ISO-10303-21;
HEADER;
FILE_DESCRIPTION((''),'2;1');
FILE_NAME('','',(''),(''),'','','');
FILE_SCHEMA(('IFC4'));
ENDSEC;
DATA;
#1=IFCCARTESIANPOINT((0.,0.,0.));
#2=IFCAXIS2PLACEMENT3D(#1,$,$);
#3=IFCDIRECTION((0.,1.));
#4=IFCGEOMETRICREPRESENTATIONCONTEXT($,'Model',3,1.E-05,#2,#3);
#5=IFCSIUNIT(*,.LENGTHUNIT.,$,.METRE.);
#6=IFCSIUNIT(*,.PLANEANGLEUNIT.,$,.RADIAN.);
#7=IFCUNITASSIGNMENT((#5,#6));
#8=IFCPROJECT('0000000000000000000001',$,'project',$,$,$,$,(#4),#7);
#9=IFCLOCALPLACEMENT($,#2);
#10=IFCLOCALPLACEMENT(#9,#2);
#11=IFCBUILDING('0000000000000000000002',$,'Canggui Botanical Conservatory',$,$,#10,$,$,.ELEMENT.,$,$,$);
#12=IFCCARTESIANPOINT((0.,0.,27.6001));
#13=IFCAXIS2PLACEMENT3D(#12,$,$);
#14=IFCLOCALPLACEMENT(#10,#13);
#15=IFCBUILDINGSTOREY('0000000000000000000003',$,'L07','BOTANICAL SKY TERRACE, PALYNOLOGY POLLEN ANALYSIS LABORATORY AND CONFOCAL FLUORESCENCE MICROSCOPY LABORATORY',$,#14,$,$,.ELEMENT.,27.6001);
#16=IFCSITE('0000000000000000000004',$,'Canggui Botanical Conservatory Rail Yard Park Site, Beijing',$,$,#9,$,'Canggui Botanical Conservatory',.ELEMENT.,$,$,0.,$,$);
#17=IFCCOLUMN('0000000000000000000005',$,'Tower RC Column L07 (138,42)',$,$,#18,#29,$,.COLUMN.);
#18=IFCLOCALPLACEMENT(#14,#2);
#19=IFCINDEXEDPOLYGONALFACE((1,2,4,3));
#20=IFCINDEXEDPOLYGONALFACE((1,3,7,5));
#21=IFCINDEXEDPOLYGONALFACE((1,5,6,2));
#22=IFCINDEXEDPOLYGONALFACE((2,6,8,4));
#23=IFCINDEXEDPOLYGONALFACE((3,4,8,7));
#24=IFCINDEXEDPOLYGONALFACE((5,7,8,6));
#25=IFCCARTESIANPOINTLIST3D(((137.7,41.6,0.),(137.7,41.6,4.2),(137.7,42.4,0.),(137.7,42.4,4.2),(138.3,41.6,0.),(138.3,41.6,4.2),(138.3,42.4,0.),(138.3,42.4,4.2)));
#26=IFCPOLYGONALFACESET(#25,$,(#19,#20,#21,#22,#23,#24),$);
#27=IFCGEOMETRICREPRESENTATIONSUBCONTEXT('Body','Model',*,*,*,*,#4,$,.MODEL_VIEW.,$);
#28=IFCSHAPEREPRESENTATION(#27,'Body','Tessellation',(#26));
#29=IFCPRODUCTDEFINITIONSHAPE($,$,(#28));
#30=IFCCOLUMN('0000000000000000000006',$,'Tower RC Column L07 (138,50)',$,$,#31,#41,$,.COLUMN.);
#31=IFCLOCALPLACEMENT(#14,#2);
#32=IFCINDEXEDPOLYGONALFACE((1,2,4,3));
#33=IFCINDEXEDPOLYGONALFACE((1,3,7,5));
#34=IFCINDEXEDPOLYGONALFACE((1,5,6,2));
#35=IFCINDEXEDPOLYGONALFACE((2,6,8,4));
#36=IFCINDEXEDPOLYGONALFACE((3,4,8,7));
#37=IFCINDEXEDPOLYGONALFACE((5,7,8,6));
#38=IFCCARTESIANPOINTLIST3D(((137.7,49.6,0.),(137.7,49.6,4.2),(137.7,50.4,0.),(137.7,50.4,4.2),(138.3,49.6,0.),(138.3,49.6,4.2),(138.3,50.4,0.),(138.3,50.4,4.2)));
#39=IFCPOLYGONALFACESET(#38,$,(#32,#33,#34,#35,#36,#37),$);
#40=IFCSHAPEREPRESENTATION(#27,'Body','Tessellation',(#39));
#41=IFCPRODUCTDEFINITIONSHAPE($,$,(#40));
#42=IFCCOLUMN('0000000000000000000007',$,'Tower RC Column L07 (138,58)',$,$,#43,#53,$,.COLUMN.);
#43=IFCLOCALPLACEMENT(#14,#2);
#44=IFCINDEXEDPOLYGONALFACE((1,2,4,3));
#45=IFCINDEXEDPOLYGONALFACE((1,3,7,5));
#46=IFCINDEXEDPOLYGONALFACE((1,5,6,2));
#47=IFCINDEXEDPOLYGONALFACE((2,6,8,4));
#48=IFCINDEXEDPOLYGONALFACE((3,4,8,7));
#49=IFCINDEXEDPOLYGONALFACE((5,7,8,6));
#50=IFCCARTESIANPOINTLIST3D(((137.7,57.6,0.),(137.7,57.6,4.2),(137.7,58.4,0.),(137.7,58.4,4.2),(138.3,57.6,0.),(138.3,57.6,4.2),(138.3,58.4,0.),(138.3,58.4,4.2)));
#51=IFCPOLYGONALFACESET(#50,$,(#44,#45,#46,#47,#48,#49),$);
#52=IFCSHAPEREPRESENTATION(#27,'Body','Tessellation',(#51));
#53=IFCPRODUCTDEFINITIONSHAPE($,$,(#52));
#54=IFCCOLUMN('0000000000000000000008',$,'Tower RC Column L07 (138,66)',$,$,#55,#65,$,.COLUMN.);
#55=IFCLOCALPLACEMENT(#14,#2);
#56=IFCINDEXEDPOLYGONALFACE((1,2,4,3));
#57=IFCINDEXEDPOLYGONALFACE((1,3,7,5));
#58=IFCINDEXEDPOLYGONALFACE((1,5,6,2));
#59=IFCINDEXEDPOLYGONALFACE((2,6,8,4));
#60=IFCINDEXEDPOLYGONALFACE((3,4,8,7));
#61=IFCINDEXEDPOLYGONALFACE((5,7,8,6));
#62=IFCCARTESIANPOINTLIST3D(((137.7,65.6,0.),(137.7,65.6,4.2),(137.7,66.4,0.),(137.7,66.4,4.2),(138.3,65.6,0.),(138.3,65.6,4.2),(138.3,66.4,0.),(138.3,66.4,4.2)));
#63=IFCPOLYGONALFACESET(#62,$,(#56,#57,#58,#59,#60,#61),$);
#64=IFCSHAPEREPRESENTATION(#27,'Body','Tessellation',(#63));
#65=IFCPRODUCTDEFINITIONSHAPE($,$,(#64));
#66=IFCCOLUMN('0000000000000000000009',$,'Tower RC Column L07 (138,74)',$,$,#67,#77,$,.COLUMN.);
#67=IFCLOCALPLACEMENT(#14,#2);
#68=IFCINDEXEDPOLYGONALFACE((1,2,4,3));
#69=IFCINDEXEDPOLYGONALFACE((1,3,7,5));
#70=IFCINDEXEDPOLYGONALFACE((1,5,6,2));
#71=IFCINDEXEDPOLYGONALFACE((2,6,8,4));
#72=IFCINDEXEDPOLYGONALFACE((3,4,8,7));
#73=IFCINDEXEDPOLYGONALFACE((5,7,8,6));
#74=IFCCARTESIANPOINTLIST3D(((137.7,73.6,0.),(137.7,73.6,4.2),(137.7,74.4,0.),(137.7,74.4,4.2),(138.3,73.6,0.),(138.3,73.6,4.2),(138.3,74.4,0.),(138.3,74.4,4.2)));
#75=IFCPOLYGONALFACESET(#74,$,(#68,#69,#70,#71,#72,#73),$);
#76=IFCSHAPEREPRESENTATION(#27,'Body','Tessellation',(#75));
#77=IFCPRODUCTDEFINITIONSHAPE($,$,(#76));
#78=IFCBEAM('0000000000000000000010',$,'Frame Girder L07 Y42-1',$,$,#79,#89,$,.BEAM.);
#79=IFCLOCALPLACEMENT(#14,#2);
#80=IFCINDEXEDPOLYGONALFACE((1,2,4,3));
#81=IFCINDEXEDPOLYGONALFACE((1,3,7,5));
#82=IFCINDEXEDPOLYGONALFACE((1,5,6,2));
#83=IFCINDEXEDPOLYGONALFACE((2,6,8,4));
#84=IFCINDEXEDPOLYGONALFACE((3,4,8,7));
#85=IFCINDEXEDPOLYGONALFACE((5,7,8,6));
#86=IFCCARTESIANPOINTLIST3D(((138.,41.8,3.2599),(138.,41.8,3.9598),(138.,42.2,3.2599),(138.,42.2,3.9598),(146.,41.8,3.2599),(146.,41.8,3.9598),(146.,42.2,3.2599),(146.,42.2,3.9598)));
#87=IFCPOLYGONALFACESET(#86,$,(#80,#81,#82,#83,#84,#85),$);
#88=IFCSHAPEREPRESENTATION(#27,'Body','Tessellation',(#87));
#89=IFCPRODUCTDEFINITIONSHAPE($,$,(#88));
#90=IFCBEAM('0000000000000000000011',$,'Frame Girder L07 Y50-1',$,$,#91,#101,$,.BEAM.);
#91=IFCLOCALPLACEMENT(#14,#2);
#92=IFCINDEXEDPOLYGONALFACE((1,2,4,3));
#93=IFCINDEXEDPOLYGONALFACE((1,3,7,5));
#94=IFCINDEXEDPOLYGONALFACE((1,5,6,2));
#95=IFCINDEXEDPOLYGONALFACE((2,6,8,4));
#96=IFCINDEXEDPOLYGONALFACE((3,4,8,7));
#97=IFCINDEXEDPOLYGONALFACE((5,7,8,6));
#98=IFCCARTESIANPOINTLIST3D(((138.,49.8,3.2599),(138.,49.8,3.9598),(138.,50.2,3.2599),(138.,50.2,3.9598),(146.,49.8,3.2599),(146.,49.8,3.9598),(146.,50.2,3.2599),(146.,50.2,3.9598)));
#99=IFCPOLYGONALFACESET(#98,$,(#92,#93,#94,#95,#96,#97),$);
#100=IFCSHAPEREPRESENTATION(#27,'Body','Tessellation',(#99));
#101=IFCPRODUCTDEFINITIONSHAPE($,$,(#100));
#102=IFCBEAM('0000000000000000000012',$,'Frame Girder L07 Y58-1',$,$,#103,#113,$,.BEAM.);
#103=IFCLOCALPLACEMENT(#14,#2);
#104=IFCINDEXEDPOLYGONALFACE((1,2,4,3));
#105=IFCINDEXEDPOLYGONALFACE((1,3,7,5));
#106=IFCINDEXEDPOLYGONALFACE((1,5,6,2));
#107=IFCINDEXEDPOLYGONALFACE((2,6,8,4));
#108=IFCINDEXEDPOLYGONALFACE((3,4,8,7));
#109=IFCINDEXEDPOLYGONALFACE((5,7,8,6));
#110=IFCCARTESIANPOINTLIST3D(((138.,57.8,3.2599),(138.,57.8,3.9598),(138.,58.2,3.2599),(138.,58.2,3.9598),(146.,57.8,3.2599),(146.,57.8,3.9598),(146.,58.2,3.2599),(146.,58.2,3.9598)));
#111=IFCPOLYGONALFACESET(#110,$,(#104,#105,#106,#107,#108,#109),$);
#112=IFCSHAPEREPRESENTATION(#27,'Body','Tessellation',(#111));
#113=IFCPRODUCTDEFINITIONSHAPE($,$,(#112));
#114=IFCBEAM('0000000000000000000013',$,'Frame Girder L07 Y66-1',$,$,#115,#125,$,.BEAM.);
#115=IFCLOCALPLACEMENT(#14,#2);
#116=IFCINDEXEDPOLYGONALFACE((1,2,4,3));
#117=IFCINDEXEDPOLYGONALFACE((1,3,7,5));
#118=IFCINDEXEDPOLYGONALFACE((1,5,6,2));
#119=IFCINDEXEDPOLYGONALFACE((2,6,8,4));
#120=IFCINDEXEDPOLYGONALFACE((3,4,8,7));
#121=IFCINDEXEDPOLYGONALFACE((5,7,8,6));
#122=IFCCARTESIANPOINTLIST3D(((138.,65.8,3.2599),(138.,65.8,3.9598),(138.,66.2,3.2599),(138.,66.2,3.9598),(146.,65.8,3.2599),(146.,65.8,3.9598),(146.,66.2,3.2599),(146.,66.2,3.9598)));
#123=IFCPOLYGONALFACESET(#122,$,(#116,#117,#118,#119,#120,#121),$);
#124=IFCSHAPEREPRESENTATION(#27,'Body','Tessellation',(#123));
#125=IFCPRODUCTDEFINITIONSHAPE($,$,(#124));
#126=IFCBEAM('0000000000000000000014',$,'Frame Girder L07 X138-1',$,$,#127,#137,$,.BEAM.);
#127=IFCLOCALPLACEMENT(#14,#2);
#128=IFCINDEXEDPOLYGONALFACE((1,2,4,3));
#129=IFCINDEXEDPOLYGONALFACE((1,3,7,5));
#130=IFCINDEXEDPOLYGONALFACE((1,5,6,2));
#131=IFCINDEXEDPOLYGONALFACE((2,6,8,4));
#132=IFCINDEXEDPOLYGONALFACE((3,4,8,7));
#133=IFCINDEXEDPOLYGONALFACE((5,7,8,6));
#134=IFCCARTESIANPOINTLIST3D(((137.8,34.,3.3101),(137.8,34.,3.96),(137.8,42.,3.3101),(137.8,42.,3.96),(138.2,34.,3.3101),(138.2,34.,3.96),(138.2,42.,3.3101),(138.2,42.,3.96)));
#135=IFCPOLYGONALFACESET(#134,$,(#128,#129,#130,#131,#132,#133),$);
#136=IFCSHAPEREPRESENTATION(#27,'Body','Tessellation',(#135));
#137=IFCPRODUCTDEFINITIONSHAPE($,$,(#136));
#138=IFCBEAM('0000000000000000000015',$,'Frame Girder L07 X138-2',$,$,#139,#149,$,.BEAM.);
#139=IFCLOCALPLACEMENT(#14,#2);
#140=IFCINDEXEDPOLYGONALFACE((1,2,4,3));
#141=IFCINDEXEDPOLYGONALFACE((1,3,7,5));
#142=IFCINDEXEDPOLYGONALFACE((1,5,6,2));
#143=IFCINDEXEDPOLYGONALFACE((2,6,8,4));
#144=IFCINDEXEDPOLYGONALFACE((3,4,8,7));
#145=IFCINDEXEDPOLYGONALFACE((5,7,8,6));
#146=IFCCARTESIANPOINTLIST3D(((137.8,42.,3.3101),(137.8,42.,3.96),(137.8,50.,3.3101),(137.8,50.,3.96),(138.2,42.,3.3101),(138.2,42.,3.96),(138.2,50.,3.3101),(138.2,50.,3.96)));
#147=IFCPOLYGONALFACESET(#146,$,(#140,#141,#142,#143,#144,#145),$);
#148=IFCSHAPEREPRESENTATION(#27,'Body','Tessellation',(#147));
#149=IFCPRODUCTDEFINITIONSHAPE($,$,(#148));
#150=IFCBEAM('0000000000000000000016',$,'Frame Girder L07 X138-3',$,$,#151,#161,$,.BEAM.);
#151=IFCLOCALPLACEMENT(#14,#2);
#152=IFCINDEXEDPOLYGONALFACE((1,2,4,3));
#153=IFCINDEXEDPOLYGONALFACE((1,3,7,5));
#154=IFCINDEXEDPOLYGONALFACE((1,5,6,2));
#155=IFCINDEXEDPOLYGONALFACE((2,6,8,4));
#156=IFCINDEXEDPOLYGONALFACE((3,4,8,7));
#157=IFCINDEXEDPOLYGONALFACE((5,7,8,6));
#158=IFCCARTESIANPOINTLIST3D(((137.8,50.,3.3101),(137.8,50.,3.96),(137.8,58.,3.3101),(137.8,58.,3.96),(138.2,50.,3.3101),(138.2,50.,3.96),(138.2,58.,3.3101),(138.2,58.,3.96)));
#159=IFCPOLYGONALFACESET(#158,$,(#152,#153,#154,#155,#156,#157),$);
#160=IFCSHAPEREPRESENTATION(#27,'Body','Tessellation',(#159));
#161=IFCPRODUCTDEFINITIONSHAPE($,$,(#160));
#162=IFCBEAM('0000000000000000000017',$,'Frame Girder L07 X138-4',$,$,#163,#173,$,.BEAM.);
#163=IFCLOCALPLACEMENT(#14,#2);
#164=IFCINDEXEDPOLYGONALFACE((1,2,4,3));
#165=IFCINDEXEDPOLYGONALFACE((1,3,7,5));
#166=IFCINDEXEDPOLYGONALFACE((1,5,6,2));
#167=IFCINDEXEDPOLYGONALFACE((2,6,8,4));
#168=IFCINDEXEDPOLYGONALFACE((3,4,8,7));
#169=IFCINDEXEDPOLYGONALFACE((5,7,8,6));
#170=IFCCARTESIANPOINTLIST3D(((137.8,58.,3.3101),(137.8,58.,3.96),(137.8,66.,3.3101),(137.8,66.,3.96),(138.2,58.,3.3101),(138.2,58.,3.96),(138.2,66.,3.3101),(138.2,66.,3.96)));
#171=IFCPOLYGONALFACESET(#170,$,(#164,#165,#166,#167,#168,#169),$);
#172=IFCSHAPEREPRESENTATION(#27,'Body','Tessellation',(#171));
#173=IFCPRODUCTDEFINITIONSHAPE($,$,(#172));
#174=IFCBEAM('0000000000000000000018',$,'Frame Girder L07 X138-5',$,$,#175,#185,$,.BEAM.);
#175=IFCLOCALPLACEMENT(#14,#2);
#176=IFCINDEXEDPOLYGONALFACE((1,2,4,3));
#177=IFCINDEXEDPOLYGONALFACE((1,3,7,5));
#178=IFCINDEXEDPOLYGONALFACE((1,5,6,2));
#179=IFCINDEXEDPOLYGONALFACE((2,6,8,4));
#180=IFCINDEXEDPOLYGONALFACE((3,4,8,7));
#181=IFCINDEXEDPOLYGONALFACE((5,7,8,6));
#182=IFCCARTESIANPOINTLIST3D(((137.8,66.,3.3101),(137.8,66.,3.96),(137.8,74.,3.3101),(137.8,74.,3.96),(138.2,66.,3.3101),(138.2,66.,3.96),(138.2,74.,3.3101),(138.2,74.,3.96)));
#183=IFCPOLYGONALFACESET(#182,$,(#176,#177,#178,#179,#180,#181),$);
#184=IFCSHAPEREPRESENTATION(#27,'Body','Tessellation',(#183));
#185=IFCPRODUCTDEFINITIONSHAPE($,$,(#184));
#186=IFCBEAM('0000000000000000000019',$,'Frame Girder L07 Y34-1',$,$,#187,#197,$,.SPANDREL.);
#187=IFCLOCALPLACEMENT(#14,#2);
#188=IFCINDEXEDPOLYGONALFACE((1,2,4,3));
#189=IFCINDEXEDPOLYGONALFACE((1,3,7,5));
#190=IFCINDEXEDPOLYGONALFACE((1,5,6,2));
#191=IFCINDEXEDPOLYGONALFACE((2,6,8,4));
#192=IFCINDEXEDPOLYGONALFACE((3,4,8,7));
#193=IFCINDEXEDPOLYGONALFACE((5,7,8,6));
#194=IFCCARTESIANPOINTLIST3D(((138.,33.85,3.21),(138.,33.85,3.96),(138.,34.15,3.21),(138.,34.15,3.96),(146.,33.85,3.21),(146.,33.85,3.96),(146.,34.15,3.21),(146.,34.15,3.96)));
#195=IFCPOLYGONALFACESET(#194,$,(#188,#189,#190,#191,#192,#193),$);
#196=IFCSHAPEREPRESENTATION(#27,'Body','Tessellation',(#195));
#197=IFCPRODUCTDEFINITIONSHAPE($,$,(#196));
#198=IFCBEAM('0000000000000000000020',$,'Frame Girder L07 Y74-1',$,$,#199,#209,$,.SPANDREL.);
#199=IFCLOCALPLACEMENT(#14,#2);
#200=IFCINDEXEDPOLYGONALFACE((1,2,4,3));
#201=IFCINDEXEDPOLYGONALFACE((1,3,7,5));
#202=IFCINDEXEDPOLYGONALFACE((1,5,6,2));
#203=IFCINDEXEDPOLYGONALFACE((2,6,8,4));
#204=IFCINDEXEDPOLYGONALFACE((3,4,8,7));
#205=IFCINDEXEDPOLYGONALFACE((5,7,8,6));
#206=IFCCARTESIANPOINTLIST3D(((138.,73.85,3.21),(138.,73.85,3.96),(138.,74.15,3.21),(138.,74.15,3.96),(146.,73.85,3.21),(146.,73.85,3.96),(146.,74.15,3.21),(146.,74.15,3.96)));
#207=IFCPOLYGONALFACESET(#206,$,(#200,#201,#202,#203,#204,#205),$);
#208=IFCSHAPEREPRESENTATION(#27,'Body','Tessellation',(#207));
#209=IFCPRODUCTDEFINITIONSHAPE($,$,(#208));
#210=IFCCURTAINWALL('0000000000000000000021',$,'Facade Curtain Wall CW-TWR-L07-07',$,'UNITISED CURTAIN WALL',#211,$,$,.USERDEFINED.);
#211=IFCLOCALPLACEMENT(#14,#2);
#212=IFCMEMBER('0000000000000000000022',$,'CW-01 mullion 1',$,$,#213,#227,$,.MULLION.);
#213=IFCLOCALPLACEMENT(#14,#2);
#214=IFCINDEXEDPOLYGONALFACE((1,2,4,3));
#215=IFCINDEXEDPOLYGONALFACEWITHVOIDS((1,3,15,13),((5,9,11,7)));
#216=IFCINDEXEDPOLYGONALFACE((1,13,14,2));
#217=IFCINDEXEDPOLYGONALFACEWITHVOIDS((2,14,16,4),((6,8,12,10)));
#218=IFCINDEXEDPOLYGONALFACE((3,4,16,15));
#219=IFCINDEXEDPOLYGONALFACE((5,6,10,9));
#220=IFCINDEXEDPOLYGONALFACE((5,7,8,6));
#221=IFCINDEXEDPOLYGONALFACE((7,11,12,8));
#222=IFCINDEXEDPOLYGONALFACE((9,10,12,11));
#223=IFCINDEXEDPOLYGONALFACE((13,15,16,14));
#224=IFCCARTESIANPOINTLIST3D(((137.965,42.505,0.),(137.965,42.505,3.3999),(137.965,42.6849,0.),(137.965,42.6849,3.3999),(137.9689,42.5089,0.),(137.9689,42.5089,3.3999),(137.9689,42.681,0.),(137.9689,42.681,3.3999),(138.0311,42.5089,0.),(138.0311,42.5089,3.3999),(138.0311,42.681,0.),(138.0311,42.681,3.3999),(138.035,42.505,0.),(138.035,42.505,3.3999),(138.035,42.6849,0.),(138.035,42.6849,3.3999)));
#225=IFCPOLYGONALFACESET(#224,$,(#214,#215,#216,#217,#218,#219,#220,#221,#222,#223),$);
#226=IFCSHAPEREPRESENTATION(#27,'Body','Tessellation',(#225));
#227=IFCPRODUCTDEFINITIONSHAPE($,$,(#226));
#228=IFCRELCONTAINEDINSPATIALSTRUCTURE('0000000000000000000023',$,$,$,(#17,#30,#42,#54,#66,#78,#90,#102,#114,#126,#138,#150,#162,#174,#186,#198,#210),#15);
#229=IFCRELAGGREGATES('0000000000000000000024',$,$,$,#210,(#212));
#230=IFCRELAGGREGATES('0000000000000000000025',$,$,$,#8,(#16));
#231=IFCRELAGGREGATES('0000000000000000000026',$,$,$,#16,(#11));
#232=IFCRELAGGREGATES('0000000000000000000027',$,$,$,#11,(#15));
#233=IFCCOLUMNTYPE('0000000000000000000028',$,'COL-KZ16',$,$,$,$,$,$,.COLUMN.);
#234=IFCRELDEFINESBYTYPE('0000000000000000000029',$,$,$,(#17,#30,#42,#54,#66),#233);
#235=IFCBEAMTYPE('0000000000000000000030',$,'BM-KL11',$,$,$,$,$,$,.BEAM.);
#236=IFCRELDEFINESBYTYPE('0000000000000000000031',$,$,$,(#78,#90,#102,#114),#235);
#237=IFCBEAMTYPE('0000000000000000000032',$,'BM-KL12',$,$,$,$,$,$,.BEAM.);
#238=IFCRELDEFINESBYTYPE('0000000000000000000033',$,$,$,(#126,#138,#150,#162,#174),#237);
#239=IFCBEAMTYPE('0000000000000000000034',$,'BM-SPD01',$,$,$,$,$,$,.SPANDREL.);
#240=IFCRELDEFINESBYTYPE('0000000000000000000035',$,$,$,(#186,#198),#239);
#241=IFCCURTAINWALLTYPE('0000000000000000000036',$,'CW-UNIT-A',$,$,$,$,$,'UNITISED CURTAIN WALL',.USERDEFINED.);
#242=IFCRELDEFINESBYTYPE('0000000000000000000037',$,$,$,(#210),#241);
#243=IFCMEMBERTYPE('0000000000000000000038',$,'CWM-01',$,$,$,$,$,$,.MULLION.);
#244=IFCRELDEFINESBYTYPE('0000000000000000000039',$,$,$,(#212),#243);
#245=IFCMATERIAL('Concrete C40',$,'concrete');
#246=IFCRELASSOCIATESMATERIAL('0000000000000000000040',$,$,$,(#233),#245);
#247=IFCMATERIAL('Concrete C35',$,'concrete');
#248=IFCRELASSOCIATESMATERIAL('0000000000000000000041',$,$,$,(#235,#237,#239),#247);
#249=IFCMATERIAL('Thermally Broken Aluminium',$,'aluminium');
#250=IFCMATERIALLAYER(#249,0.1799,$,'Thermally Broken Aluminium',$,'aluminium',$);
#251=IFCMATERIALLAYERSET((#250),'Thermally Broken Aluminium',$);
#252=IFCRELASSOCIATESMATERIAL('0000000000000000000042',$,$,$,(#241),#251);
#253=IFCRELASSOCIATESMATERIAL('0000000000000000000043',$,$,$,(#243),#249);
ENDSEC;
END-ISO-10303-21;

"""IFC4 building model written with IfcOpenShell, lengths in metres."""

from ifc_helpers import new_model, si_unit, direction, frame, origin, origin_2d, place, context, subcontext, project, spatial, rectangle, hollow_rectangle, extrude, material, layer, layer_set, material_profile, profile_set, type_object, element, aggregate, save


model = new_model("IFC4")

# Units and contexts
model_context = context("Model", 3, precision=1e-05, world=origin(), true_north=direction((0.0, 1.0)))
body_context = subcontext(model_context, "Body", "Model", "MODEL_VIEW")
ifc_project = project(units=[si_unit("LENGTHUNIT", "METRE"), si_unit("PLANEANGLEUNIT", "RADIAN")], contexts=[model_context])

# Site, building, storey
site_placement = place(None, origin())
site = spatial("IfcSite", under=ifc_project, at=site_placement, Name="Canggui Botanical Conservatory Rail Yard Park Site, Beijing", LongName="Canggui Botanical Conservatory", CompositionType="ELEMENT", RefElevation=0.0)
building_placement = place(site_placement, origin())
building = spatial("IfcBuilding", under=site, at=building_placement, Name="Canggui Botanical Conservatory", CompositionType="ELEMENT")
storey_placement = place(building_placement, frame((0.0, 0.0, 27.6001)))
storey = spatial("IfcBuildingStorey", under=building, at=storey_placement, Name="L07", Description="BOTANICAL SKY TERRACE, PALYNOLOGY POLLEN ANALYSIS LABORATORY AND CONFOCAL FLUORESCENCE MICROSCOPY LABORATORY", CompositionType="ELEMENT", Elevation=27.6001)

# Columns
ifc_material_1 = material(Name="Concrete C40", Category="concrete")
ifc_material_profile_1 = material_profile(ifc_material_1, rectangle(XDim=0.6001, YDim=0.8, at=origin_2d()), Name="RC 600x800")
ifc_profile_set_1 = profile_set([ifc_material_profile_1], Name="Concrete C40")
column_type = type_object("IfcColumnType", Name="COL-KZ16", PredefinedType="COLUMN", material=ifc_profile_set_1)
for number, where, z_axis, x_axis, name in (
    (1, (138.0, 42.0, 0.0), (0.0, 0.0, 1.0), (1.0, 0.0, 0.0), "Tower RC Column L07 (138,42)"),
    (2, (138.0, 50.0, 0.0), (0.0, 0.0, 1.0), (1.0, 0.0, 0.0), "Tower RC Column L07 (138,50)"),
    (3, (138.0, 58.0, 0.0), (0.0, 0.0, 1.0), (1.0, 0.0, 0.0), "Tower RC Column L07 (138,58)"),
    (4, (138.0, 66.0, 0.0), (0.0, 0.0, 1.0), (1.0, 0.0, 0.0), "Tower RC Column L07 (138,66)"),
    (5, (138.0, 74.0, 0.0), (0.0, 0.0, 1.0), (1.0, 0.0, 0.0), "Tower RC Column L07 (138,74)"),
):
    element("IfcColumn", number, at=place(storey_placement, frame(where, z_axis=z_axis, x_axis=x_axis)), inside=storey, type_object=column_type, Name=name, PredefinedType="COLUMN", context=body_context, shape_type="SweptSolid", body=[
        extrude(rectangle(XDim=0.6001, YDim=0.8, at=origin_2d()), origin(), (0.0, 0.0, 1.0), 4.2),
    ])

# Beams
ifc_material_2 = material(Name="Concrete C35", Category="concrete")
ifc_material_profile_2 = material_profile(ifc_material_2, rectangle(XDim=0.3999, YDim=0.7, at=origin_2d()), Name="RB 400x700")
ifc_profile_set_2 = profile_set([ifc_material_profile_2], Name="Concrete C35")
beam_type_1 = type_object("IfcBeamType", Name="BM-KL11", PredefinedType="BEAM", material=ifc_profile_set_2)
for number, where, z_axis, x_axis, name in (
    (6, (138.0, 42.0, 3.6099), (1.0, 0.0, 0.0), (0.0, 1.0, 0.0), "Frame Girder L07 Y42-1"),
    (7, (138.0, 50.0, 3.6099), (1.0, 0.0, 0.0), (0.0, 1.0, 0.0), "Frame Girder L07 Y50-1"),
    (8, (138.0, 58.0, 3.6099), (1.0, 0.0, 0.0), (0.0, 1.0, 0.0), "Frame Girder L07 Y58-1"),
    (9, (138.0, 66.0, 3.6099), (1.0, 0.0, 0.0), (0.0, 1.0, 0.0), "Frame Girder L07 Y66-1"),
):
    element("IfcBeam", number, at=place(storey_placement, frame(where, z_axis=z_axis, x_axis=x_axis)), inside=storey, type_object=beam_type_1, Name=name, PredefinedType="BEAM", context=body_context, shape_type="SweptSolid", body=[
        extrude(rectangle(XDim=0.3999, YDim=0.7, at=origin_2d()), origin(), (0.0, 0.0, 1.0), 8.0),
    ])
ifc_material_profile_3 = material_profile(ifc_material_2, rectangle(XDim=0.3999, YDim=0.6499, at=origin_2d()), Name="RB 400x650")
ifc_profile_set_3 = profile_set([ifc_material_profile_3], Name="Concrete C35")
beam_type_2 = type_object("IfcBeamType", Name="BM-KL12", PredefinedType="BEAM", material=ifc_profile_set_3)
for number, where, z_axis, x_axis, name in (
    (10, (138.0, 34.0, 3.635), (0.0, 1.0, 0.0), (-1.0, 0.0, 0.0), "Frame Girder L07 X138-1"),
    (11, (138.0, 42.0, 3.635), (0.0, 1.0, 0.0), (-1.0, 0.0, 0.0), "Frame Girder L07 X138-2"),
    (12, (138.0, 50.0, 3.635), (0.0, 1.0, 0.0), (-1.0, 0.0, 0.0), "Frame Girder L07 X138-3"),
    (13, (138.0, 58.0, 3.635), (0.0, 1.0, 0.0), (-1.0, 0.0, 0.0), "Frame Girder L07 X138-4"),
    (14, (138.0, 66.0, 3.635), (0.0, 1.0, 0.0), (-1.0, 0.0, 0.0), "Frame Girder L07 X138-5"),
):
    element("IfcBeam", number, at=place(storey_placement, frame(where, z_axis=z_axis, x_axis=x_axis)), inside=storey, type_object=beam_type_2, Name=name, PredefinedType="BEAM", context=body_context, shape_type="SweptSolid", body=[
        extrude(rectangle(XDim=0.3999, YDim=0.6499, at=origin_2d()), origin(), (0.0, 0.0, 1.0), 8.0),
    ])
ifc_material_profile_4 = material_profile(ifc_material_2, rectangle(XDim=0.3, YDim=0.75, at=origin_2d()), Name="RB 300x750")
ifc_profile_set_4 = profile_set([ifc_material_profile_4], Name="Concrete C35")
beam_type_3 = type_object("IfcBeamType", Name="BM-SPD01", PredefinedType="SPANDREL", material=ifc_profile_set_4)
for number, where, z_axis, x_axis, name in (
    (15, (138.0, 34.0, 3.585), (1.0, 0.0, 0.0), (0.0, 1.0, 0.0), "Frame Girder L07 Y34-1"),
    (16, (138.0, 74.0, 3.585), (1.0, 0.0, 0.0), (0.0, 1.0, 0.0), "Frame Girder L07 Y74-1"),
):
    element("IfcBeam", number, at=place(storey_placement, frame(where, z_axis=z_axis, x_axis=x_axis)), inside=storey, type_object=beam_type_3, Name=name, PredefinedType="SPANDREL", context=body_context, shape_type="SweptSolid", body=[
        extrude(rectangle(XDim=0.3, YDim=0.75, at=origin_2d()), origin(), (0.0, 0.0, 1.0), 8.0),
    ])

# Curtain wall, member
ifc_material_3 = material(Name="Thermally Broken Aluminium", Category="aluminium")
ifc_layer_1 = layer(ifc_material_3, 0.1799, Name="Thermally Broken Aluminium", Category="aluminium")
ifc_layer_set_1 = layer_set([ifc_layer_1], Name="Thermally Broken Aluminium")
curtain_wall_type = type_object("IfcCurtainWallType", Name="CW-UNIT-A", ElementType="UNITISED CURTAIN WALL", PredefinedType="USERDEFINED", material=ifc_layer_set_1)
curtain_wall_placement = place(storey_placement, origin())
curtain_wall = element("IfcCurtainWall", 17, at=curtain_wall_placement, inside=storey, type_object=curtain_wall_type, Name="Facade Curtain Wall CW-TWR-L07-07", ObjectType="UNITISED CURTAIN WALL", PredefinedType="USERDEFINED")
ifc_material_profile_5 = material_profile(ifc_material_3, hollow_rectangle(XDim=0.0701, YDim=0.1799, WallThickness=0.0039, at=origin_2d()), Name="CWM 70x180x4")
ifc_profile_set_5 = profile_set([ifc_material_profile_5], Name="Thermally Broken Aluminium")
member_type_1 = type_object("IfcMemberType", Name="CWM-01", PredefinedType="MULLION", material=ifc_profile_set_5)
member_1_placement = place(storey_placement, frame((138.0, 42.595, 0.0), z_axis=(0.0, 0.0, 1.0), x_axis=(-1.0, 0.0, 0.0)))
member_1 = element("IfcMember", 18, at=member_1_placement, type_object=member_type_1, Name="CW-01 mullion 1", PredefinedType="MULLION", context=body_context, shape_type="SweptSolid", body=[
    extrude(hollow_rectangle(XDim=0.0701, YDim=0.1799, WallThickness=0.0039, at=origin_2d()), origin(), (0.0, 0.0, 1.0), 3.3999),
])
aggregate(curtain_wall, [member_1])

save(model, "model.ifc")
